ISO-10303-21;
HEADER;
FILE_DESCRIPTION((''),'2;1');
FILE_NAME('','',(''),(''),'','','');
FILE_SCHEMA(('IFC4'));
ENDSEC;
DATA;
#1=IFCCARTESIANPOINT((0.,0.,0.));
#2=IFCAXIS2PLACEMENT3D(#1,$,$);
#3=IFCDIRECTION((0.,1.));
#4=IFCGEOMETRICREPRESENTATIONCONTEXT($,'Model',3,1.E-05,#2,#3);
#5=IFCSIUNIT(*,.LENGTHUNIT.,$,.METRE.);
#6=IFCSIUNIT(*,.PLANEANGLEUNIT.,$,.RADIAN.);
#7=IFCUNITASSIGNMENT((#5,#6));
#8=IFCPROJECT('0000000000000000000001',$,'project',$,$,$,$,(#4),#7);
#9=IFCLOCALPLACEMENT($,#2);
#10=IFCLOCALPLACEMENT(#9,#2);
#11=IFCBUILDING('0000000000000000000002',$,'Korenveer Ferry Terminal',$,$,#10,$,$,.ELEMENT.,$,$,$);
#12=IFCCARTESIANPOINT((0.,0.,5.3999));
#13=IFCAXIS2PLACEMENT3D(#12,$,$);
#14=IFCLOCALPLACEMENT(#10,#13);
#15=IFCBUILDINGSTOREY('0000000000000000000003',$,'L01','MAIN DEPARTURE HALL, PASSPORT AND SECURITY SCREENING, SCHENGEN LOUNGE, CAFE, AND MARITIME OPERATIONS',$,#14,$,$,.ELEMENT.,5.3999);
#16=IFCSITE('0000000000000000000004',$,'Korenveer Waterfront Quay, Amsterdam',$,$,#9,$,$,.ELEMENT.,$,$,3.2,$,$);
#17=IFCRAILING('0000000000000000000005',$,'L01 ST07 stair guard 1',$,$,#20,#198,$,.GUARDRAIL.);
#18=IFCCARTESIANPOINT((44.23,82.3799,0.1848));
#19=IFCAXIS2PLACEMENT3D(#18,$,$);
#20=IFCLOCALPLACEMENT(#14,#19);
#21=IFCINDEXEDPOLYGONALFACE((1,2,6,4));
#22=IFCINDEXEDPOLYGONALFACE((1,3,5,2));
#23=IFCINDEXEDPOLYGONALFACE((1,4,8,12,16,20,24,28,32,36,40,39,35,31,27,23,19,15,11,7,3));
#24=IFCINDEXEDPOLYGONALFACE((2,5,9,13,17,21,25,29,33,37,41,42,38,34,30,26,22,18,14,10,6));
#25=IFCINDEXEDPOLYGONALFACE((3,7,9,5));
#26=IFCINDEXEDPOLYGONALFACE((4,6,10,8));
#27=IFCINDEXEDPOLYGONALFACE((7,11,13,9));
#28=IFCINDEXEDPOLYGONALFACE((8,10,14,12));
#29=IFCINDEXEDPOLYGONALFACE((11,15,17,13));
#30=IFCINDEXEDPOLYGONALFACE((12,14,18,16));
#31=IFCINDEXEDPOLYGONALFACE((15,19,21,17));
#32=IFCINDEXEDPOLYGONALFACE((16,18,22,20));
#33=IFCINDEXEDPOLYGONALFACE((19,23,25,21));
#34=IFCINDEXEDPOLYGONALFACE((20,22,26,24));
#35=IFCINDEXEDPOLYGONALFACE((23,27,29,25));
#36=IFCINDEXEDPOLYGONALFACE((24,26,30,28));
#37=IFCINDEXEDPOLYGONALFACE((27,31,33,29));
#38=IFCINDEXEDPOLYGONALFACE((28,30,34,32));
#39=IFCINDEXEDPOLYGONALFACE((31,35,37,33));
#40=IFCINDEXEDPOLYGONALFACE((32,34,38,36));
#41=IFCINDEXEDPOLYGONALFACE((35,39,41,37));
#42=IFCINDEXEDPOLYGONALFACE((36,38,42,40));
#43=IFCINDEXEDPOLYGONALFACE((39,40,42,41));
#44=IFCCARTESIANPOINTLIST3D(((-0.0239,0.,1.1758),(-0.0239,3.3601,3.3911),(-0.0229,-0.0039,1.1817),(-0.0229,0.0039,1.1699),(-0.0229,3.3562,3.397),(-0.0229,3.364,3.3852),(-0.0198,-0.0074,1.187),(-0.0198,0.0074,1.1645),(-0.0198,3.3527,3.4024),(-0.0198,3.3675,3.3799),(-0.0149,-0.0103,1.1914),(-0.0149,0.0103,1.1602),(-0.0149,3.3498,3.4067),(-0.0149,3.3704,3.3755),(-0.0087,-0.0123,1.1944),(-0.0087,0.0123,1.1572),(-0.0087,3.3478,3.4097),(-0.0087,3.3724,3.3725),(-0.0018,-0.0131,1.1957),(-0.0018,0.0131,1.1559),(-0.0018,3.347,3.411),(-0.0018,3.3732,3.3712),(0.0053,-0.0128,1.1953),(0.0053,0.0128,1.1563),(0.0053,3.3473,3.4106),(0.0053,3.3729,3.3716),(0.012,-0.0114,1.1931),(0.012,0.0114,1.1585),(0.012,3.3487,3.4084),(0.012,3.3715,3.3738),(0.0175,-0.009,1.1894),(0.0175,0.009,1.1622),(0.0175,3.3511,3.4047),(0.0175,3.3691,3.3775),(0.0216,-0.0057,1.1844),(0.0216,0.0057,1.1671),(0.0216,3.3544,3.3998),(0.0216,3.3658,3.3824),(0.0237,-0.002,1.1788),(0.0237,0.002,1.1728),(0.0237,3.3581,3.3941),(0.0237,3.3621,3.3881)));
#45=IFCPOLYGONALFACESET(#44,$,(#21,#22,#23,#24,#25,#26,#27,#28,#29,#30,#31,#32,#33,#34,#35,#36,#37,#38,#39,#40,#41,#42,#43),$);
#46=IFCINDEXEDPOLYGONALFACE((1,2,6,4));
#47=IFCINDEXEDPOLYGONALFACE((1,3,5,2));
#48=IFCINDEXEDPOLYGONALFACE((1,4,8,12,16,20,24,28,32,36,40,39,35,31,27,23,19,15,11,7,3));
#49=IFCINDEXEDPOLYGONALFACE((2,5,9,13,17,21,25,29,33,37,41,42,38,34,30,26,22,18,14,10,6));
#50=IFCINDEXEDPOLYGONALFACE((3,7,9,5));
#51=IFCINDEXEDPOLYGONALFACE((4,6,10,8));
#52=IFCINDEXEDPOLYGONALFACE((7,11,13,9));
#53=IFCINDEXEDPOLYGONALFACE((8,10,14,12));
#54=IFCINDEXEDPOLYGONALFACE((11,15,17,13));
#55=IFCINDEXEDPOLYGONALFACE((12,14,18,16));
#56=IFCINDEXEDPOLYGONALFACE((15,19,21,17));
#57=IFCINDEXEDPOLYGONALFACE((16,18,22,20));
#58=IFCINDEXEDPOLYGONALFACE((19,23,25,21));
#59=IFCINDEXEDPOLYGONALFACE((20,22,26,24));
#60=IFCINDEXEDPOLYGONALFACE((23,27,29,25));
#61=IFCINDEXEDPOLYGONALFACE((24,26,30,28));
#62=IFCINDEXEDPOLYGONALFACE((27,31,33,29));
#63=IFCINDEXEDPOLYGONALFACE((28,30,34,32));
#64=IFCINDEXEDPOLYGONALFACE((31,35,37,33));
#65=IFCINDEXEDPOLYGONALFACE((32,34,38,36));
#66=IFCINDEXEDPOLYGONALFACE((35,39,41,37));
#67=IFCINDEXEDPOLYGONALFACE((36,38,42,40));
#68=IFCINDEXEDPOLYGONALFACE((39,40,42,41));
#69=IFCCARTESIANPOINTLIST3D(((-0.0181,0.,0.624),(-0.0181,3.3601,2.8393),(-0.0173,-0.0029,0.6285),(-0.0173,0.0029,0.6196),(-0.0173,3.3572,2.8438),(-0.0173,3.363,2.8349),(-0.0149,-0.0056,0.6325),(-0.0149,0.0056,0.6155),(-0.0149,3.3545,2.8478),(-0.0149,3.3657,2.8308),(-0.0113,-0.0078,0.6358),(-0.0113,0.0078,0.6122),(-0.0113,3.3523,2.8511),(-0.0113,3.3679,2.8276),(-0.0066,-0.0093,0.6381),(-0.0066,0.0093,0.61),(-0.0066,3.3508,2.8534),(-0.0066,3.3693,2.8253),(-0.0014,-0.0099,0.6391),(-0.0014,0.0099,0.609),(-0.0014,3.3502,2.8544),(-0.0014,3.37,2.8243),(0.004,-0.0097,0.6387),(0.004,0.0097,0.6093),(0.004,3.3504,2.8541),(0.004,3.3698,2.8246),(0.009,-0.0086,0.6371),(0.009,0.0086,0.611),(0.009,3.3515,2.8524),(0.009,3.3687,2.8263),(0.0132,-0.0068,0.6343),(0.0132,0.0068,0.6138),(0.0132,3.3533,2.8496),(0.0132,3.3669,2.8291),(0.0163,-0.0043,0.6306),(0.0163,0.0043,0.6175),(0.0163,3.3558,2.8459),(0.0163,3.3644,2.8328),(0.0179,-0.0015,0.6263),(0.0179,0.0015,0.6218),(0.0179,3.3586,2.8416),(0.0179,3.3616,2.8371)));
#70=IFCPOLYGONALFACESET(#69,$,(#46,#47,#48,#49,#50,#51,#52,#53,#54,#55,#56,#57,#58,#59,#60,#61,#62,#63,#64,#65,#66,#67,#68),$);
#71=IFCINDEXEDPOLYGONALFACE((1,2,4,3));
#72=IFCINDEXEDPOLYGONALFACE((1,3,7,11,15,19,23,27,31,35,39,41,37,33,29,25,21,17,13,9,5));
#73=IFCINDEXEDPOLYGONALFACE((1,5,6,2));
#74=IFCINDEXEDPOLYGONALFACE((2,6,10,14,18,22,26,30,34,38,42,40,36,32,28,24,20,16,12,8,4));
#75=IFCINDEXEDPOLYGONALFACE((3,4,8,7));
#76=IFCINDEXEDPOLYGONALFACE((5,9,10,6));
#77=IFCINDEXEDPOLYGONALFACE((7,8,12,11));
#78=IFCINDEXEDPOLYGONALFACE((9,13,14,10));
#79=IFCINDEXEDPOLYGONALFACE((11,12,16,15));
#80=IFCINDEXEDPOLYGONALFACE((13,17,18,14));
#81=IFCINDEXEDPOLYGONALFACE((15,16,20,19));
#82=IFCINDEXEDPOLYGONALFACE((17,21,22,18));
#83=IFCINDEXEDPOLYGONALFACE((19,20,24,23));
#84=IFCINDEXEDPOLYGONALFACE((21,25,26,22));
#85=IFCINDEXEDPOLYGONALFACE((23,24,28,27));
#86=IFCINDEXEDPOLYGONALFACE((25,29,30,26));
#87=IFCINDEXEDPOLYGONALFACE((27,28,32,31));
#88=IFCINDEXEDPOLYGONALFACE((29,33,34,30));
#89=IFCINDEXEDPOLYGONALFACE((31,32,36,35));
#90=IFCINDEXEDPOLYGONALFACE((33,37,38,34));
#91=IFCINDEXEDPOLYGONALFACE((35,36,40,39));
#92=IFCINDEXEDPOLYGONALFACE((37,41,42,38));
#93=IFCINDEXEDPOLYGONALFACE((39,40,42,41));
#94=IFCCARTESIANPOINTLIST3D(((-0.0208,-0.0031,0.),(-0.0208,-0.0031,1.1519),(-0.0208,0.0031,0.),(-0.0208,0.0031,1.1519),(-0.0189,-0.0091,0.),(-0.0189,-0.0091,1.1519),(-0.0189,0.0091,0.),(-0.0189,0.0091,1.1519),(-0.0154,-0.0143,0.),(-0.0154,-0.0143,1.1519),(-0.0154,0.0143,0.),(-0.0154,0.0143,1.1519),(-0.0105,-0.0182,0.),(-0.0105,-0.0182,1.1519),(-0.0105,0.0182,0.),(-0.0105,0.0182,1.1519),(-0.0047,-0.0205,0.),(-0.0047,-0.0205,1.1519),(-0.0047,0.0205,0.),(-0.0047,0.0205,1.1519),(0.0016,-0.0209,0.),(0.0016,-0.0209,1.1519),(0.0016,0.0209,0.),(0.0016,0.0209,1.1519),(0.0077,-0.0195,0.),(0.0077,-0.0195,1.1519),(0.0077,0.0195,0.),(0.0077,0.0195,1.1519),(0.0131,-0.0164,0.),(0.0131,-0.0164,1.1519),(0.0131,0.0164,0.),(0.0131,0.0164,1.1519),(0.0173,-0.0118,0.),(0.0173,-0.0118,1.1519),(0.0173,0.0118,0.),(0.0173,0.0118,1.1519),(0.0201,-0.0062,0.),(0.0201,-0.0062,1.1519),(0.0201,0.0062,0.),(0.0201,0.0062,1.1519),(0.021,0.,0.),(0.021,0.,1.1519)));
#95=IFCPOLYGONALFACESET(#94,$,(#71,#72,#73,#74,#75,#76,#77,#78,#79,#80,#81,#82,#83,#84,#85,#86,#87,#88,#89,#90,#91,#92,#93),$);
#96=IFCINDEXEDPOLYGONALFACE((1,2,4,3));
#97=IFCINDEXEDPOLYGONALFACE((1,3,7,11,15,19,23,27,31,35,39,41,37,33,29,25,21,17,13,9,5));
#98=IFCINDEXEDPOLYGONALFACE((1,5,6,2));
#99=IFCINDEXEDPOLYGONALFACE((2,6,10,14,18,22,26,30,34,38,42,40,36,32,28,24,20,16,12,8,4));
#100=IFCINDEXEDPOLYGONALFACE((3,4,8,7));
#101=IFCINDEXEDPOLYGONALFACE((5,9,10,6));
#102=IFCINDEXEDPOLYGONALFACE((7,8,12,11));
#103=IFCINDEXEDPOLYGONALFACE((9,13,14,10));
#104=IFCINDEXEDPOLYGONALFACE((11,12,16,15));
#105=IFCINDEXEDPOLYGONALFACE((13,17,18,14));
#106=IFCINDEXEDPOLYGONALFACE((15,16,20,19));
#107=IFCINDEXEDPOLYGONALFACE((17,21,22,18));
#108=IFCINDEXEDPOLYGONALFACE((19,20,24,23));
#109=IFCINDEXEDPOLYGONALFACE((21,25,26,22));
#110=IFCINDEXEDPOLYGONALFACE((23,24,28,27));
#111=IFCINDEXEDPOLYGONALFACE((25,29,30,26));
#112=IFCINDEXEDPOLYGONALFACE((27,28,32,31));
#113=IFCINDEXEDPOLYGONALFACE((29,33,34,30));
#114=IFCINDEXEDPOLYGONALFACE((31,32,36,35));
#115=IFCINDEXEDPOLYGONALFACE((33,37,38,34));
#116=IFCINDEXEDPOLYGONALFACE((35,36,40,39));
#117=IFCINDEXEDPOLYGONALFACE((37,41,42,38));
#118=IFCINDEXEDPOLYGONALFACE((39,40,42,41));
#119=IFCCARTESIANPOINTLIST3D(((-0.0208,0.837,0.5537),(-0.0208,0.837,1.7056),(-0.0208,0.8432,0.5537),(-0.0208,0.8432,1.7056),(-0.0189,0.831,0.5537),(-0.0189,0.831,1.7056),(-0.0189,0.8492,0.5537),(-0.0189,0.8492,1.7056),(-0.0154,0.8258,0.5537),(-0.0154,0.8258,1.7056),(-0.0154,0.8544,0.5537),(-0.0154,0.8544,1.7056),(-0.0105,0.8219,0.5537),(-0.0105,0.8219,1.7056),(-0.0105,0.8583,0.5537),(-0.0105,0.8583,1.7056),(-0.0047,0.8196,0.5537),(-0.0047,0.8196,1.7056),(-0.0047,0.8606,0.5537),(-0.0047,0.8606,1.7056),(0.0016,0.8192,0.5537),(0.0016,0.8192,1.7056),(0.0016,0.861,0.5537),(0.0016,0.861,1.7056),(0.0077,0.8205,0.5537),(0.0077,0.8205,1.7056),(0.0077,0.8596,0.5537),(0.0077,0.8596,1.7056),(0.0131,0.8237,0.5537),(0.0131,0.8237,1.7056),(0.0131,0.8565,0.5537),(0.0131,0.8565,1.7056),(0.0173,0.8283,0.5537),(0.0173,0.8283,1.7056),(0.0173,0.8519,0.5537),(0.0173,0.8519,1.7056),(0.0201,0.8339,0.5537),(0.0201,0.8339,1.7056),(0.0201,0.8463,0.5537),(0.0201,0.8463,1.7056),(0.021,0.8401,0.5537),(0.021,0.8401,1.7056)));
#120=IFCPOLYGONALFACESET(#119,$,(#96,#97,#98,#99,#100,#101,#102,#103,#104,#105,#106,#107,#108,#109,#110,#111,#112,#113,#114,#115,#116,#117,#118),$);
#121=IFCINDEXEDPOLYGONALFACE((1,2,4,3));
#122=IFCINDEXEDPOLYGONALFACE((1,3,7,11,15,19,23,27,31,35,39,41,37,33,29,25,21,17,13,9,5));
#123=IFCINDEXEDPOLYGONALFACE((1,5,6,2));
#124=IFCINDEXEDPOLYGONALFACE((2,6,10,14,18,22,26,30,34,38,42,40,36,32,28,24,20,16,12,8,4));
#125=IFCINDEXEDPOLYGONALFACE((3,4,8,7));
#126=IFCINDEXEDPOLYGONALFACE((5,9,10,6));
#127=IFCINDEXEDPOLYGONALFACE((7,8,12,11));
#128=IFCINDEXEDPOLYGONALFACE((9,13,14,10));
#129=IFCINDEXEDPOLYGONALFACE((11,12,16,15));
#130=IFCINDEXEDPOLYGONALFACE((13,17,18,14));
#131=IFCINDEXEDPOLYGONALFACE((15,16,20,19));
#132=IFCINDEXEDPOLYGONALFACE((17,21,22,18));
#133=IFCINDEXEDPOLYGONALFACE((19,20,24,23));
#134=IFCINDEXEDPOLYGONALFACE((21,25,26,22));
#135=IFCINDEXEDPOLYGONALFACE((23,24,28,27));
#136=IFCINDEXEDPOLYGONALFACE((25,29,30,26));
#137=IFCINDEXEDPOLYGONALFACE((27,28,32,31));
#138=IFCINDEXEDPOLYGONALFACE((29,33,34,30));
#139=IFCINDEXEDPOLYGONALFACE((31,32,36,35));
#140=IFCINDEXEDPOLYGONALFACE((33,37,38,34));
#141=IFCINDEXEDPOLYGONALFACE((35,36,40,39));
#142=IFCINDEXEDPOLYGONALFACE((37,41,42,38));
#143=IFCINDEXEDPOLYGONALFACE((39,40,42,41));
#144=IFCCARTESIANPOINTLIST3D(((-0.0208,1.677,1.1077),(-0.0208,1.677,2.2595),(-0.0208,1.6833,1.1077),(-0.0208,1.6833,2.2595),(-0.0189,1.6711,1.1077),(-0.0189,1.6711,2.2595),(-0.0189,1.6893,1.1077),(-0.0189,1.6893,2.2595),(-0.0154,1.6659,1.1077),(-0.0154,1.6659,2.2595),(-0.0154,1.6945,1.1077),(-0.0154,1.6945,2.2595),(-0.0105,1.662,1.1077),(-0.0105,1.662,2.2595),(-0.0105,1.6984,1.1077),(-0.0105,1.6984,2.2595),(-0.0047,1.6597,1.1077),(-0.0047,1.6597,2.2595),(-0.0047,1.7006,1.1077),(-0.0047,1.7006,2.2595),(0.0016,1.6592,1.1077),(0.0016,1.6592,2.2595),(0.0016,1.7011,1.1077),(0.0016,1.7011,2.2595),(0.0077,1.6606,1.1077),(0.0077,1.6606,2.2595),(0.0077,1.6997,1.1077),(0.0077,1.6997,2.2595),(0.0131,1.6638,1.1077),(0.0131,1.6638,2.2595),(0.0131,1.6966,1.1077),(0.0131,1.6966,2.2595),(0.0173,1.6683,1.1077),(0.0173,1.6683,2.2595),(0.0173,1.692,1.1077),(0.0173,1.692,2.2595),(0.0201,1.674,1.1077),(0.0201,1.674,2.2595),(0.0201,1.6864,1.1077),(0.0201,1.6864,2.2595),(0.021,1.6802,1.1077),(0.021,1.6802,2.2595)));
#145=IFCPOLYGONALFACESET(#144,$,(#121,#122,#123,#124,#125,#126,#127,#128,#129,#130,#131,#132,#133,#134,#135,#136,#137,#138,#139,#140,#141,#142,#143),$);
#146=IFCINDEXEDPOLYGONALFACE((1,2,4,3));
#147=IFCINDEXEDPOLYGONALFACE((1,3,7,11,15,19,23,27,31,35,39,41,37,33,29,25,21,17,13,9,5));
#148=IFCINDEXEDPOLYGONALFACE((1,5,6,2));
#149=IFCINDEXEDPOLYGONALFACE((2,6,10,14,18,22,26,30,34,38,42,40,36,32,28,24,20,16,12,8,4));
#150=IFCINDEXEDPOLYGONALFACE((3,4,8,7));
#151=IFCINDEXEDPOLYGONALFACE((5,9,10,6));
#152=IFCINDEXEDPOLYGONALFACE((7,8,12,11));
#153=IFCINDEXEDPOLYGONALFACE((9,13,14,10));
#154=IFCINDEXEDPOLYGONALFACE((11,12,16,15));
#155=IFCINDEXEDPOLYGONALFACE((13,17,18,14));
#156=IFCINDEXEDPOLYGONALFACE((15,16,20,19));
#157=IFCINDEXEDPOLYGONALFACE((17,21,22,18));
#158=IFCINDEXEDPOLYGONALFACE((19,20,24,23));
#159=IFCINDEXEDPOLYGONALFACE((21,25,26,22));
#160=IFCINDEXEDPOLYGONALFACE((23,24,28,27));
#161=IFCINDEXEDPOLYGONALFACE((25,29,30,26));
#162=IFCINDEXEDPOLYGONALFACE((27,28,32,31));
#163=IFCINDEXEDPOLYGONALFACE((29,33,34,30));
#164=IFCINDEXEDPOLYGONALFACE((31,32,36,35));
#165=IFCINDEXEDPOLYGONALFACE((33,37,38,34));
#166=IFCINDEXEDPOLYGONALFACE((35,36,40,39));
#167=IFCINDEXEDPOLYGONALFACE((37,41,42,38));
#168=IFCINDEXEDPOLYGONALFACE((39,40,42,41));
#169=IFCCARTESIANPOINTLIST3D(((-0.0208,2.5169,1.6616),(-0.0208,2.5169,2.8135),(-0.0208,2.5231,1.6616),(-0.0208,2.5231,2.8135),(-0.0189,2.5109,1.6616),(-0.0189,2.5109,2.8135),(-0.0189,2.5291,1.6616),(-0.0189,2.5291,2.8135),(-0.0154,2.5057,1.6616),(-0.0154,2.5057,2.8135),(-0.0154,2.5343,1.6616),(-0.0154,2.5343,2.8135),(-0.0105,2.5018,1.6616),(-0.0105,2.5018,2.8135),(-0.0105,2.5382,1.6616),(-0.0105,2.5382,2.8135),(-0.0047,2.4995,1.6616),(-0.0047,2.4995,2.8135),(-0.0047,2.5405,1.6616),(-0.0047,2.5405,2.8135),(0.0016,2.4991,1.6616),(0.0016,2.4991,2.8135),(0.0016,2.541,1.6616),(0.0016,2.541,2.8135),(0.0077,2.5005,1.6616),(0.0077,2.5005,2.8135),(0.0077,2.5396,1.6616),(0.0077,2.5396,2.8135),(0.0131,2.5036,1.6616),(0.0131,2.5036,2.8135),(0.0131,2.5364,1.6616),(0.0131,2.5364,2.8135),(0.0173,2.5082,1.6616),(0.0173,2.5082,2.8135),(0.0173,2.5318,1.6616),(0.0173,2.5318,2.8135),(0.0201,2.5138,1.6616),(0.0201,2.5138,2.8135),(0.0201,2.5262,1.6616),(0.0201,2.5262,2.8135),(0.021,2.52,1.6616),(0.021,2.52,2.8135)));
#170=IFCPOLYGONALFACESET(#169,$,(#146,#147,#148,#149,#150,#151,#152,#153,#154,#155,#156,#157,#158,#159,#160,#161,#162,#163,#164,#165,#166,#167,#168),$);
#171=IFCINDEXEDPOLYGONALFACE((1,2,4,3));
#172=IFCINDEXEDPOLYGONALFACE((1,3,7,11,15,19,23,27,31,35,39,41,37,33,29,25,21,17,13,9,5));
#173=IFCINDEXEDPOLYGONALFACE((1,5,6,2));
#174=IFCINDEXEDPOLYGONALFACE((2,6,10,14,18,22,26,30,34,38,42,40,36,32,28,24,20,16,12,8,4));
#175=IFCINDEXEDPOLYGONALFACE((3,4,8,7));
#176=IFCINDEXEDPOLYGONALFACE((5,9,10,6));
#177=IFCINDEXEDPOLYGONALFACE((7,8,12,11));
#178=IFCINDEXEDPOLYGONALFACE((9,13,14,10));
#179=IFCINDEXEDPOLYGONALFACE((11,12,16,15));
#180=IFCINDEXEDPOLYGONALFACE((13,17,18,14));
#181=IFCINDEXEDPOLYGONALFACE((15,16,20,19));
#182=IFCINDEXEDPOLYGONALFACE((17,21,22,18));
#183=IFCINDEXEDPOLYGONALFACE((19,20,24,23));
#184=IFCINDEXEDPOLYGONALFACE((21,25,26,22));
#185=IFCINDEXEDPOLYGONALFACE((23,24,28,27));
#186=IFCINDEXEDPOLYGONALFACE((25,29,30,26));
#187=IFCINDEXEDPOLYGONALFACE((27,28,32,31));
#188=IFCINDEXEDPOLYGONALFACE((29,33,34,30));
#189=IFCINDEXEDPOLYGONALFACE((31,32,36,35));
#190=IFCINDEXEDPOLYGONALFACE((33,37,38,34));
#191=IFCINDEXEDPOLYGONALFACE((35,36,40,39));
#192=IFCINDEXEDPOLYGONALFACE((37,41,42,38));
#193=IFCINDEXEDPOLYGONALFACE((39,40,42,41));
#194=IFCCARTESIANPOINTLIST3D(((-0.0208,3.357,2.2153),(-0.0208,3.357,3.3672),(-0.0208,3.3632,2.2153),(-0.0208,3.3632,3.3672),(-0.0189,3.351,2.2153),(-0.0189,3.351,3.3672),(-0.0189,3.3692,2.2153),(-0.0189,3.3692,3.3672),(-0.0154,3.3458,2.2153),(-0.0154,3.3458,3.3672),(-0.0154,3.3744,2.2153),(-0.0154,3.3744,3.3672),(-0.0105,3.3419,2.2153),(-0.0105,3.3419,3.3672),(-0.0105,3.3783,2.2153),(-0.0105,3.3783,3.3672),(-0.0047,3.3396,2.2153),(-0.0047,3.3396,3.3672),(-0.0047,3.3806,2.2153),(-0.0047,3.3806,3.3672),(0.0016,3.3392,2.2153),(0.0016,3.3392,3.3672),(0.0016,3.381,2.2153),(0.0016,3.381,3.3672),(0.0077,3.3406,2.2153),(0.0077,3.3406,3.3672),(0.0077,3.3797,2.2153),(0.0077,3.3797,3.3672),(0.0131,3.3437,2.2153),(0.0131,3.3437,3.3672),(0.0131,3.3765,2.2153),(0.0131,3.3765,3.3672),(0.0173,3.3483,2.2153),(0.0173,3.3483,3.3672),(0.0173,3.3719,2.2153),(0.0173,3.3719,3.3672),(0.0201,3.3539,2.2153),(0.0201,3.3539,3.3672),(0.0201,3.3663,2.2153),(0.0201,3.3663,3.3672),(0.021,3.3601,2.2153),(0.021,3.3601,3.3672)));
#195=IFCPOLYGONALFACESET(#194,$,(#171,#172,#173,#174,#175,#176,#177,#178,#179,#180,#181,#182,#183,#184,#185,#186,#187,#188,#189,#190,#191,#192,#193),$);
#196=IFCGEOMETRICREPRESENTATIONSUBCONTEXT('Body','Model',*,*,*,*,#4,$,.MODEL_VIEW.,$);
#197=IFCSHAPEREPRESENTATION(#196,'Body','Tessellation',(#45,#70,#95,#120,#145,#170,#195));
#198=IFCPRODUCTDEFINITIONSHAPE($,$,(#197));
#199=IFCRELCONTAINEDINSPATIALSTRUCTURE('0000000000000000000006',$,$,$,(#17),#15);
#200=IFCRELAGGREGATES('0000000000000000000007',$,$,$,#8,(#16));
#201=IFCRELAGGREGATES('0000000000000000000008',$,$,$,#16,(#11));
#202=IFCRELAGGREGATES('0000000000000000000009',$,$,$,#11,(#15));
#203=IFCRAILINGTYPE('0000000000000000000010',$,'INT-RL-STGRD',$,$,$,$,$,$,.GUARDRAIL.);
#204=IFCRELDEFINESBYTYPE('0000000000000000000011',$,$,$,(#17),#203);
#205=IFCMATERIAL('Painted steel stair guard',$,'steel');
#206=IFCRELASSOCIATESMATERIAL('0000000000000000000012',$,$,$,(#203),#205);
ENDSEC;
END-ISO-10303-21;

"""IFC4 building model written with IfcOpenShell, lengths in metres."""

from ifc_helpers import new_model, si_unit, direction, frame, origin, origin_2d, place, context, subcontext, project, spatial, circle, extrude, material, type_object, element, save


model = new_model("IFC4")

# Units and contexts
model_context = context("Model", 3, precision=1e-05, world=origin(), true_north=direction((0.0, 1.0)))
body_context = subcontext(model_context, "Body", "Model", "MODEL_VIEW")
ifc_project = project(units=[si_unit("LENGTHUNIT", "METRE"), si_unit("PLANEANGLEUNIT", "RADIAN")], contexts=[model_context])

# Site, building, storey
site_placement = place(None, origin())
site = spatial("IfcSite", under=ifc_project, at=site_placement, Name="Korenveer Waterfront Quay, Amsterdam", CompositionType="ELEMENT", RefElevation=3.2)
building_placement = place(site_placement, origin())
building = spatial("IfcBuilding", under=site, at=building_placement, Name="Korenveer Ferry Terminal", CompositionType="ELEMENT")
storey_placement = place(building_placement, frame((0.0, 0.0, 5.3999)))
storey = spatial("IfcBuildingStorey", under=building, at=storey_placement, Name="L01", Description="MAIN DEPARTURE HALL, PASSPORT AND SECURITY SCREENING, SCHENGEN LOUNGE, CAFE, AND MARITIME OPERATIONS", CompositionType="ELEMENT", Elevation=5.3999)

# Railing
ifc_material_1 = material(Name="Painted steel stair guard", Category="steel")
railing_type_1 = type_object("IfcRailingType", Name="INT-RL-STGRD", PredefinedType="GUARDRAIL", material=ifc_material_1)
railing_1_placement = place(storey_placement, frame((44.23, 82.3799, 0.1848)))
element("IfcRailing", 1, at=railing_1_placement, inside=storey, type_object=railing_type_1, Name="L01 ST07 stair guard 1", PredefinedType="GUARDRAIL", context=body_context, shape_type="SweptSolid", body=[
    extrude(circle(Radius=0.0239, at=origin_2d()), frame((0.0, 0.0, 1.1758), z_axis=(0.0, 0.834876, 0.550437), x_axis=(-1.0, 0.0, 0.0)), (0.0, 0.0, 1.0), 4.0247),
    extrude(circle(Radius=0.0181, at=origin_2d()), frame((0.0, 0.0, 0.624), z_axis=(0.0, 0.834876, 0.550437), x_axis=(-1.0, 0.0, 0.0)), (0.0, 0.0, 1.0), 4.0247),
    extrude(circle(Radius=0.021, at=origin_2d()), origin(), (0.0, 0.0, 1.0), 1.1519),
    extrude(circle(Radius=0.021, at=origin_2d()), frame((0.0, 0.8401, 0.5537)), (0.0, 0.0, 1.0), 1.1519),
    extrude(circle(Radius=0.021, at=origin_2d()), frame((0.0, 1.6802, 1.1077)), (0.0, 0.0, 1.0), 1.1519),
    extrude(circle(Radius=0.021, at=origin_2d()), frame((0.0, 2.52, 1.6616)), (0.0, 0.0, 1.0), 1.1519),
    extrude(circle(Radius=0.021, at=origin_2d()), frame((0.0, 3.3601, 2.2153)), (0.0, 0.0, 1.0), 1.1519),
])

save(model, "model.ifc")
